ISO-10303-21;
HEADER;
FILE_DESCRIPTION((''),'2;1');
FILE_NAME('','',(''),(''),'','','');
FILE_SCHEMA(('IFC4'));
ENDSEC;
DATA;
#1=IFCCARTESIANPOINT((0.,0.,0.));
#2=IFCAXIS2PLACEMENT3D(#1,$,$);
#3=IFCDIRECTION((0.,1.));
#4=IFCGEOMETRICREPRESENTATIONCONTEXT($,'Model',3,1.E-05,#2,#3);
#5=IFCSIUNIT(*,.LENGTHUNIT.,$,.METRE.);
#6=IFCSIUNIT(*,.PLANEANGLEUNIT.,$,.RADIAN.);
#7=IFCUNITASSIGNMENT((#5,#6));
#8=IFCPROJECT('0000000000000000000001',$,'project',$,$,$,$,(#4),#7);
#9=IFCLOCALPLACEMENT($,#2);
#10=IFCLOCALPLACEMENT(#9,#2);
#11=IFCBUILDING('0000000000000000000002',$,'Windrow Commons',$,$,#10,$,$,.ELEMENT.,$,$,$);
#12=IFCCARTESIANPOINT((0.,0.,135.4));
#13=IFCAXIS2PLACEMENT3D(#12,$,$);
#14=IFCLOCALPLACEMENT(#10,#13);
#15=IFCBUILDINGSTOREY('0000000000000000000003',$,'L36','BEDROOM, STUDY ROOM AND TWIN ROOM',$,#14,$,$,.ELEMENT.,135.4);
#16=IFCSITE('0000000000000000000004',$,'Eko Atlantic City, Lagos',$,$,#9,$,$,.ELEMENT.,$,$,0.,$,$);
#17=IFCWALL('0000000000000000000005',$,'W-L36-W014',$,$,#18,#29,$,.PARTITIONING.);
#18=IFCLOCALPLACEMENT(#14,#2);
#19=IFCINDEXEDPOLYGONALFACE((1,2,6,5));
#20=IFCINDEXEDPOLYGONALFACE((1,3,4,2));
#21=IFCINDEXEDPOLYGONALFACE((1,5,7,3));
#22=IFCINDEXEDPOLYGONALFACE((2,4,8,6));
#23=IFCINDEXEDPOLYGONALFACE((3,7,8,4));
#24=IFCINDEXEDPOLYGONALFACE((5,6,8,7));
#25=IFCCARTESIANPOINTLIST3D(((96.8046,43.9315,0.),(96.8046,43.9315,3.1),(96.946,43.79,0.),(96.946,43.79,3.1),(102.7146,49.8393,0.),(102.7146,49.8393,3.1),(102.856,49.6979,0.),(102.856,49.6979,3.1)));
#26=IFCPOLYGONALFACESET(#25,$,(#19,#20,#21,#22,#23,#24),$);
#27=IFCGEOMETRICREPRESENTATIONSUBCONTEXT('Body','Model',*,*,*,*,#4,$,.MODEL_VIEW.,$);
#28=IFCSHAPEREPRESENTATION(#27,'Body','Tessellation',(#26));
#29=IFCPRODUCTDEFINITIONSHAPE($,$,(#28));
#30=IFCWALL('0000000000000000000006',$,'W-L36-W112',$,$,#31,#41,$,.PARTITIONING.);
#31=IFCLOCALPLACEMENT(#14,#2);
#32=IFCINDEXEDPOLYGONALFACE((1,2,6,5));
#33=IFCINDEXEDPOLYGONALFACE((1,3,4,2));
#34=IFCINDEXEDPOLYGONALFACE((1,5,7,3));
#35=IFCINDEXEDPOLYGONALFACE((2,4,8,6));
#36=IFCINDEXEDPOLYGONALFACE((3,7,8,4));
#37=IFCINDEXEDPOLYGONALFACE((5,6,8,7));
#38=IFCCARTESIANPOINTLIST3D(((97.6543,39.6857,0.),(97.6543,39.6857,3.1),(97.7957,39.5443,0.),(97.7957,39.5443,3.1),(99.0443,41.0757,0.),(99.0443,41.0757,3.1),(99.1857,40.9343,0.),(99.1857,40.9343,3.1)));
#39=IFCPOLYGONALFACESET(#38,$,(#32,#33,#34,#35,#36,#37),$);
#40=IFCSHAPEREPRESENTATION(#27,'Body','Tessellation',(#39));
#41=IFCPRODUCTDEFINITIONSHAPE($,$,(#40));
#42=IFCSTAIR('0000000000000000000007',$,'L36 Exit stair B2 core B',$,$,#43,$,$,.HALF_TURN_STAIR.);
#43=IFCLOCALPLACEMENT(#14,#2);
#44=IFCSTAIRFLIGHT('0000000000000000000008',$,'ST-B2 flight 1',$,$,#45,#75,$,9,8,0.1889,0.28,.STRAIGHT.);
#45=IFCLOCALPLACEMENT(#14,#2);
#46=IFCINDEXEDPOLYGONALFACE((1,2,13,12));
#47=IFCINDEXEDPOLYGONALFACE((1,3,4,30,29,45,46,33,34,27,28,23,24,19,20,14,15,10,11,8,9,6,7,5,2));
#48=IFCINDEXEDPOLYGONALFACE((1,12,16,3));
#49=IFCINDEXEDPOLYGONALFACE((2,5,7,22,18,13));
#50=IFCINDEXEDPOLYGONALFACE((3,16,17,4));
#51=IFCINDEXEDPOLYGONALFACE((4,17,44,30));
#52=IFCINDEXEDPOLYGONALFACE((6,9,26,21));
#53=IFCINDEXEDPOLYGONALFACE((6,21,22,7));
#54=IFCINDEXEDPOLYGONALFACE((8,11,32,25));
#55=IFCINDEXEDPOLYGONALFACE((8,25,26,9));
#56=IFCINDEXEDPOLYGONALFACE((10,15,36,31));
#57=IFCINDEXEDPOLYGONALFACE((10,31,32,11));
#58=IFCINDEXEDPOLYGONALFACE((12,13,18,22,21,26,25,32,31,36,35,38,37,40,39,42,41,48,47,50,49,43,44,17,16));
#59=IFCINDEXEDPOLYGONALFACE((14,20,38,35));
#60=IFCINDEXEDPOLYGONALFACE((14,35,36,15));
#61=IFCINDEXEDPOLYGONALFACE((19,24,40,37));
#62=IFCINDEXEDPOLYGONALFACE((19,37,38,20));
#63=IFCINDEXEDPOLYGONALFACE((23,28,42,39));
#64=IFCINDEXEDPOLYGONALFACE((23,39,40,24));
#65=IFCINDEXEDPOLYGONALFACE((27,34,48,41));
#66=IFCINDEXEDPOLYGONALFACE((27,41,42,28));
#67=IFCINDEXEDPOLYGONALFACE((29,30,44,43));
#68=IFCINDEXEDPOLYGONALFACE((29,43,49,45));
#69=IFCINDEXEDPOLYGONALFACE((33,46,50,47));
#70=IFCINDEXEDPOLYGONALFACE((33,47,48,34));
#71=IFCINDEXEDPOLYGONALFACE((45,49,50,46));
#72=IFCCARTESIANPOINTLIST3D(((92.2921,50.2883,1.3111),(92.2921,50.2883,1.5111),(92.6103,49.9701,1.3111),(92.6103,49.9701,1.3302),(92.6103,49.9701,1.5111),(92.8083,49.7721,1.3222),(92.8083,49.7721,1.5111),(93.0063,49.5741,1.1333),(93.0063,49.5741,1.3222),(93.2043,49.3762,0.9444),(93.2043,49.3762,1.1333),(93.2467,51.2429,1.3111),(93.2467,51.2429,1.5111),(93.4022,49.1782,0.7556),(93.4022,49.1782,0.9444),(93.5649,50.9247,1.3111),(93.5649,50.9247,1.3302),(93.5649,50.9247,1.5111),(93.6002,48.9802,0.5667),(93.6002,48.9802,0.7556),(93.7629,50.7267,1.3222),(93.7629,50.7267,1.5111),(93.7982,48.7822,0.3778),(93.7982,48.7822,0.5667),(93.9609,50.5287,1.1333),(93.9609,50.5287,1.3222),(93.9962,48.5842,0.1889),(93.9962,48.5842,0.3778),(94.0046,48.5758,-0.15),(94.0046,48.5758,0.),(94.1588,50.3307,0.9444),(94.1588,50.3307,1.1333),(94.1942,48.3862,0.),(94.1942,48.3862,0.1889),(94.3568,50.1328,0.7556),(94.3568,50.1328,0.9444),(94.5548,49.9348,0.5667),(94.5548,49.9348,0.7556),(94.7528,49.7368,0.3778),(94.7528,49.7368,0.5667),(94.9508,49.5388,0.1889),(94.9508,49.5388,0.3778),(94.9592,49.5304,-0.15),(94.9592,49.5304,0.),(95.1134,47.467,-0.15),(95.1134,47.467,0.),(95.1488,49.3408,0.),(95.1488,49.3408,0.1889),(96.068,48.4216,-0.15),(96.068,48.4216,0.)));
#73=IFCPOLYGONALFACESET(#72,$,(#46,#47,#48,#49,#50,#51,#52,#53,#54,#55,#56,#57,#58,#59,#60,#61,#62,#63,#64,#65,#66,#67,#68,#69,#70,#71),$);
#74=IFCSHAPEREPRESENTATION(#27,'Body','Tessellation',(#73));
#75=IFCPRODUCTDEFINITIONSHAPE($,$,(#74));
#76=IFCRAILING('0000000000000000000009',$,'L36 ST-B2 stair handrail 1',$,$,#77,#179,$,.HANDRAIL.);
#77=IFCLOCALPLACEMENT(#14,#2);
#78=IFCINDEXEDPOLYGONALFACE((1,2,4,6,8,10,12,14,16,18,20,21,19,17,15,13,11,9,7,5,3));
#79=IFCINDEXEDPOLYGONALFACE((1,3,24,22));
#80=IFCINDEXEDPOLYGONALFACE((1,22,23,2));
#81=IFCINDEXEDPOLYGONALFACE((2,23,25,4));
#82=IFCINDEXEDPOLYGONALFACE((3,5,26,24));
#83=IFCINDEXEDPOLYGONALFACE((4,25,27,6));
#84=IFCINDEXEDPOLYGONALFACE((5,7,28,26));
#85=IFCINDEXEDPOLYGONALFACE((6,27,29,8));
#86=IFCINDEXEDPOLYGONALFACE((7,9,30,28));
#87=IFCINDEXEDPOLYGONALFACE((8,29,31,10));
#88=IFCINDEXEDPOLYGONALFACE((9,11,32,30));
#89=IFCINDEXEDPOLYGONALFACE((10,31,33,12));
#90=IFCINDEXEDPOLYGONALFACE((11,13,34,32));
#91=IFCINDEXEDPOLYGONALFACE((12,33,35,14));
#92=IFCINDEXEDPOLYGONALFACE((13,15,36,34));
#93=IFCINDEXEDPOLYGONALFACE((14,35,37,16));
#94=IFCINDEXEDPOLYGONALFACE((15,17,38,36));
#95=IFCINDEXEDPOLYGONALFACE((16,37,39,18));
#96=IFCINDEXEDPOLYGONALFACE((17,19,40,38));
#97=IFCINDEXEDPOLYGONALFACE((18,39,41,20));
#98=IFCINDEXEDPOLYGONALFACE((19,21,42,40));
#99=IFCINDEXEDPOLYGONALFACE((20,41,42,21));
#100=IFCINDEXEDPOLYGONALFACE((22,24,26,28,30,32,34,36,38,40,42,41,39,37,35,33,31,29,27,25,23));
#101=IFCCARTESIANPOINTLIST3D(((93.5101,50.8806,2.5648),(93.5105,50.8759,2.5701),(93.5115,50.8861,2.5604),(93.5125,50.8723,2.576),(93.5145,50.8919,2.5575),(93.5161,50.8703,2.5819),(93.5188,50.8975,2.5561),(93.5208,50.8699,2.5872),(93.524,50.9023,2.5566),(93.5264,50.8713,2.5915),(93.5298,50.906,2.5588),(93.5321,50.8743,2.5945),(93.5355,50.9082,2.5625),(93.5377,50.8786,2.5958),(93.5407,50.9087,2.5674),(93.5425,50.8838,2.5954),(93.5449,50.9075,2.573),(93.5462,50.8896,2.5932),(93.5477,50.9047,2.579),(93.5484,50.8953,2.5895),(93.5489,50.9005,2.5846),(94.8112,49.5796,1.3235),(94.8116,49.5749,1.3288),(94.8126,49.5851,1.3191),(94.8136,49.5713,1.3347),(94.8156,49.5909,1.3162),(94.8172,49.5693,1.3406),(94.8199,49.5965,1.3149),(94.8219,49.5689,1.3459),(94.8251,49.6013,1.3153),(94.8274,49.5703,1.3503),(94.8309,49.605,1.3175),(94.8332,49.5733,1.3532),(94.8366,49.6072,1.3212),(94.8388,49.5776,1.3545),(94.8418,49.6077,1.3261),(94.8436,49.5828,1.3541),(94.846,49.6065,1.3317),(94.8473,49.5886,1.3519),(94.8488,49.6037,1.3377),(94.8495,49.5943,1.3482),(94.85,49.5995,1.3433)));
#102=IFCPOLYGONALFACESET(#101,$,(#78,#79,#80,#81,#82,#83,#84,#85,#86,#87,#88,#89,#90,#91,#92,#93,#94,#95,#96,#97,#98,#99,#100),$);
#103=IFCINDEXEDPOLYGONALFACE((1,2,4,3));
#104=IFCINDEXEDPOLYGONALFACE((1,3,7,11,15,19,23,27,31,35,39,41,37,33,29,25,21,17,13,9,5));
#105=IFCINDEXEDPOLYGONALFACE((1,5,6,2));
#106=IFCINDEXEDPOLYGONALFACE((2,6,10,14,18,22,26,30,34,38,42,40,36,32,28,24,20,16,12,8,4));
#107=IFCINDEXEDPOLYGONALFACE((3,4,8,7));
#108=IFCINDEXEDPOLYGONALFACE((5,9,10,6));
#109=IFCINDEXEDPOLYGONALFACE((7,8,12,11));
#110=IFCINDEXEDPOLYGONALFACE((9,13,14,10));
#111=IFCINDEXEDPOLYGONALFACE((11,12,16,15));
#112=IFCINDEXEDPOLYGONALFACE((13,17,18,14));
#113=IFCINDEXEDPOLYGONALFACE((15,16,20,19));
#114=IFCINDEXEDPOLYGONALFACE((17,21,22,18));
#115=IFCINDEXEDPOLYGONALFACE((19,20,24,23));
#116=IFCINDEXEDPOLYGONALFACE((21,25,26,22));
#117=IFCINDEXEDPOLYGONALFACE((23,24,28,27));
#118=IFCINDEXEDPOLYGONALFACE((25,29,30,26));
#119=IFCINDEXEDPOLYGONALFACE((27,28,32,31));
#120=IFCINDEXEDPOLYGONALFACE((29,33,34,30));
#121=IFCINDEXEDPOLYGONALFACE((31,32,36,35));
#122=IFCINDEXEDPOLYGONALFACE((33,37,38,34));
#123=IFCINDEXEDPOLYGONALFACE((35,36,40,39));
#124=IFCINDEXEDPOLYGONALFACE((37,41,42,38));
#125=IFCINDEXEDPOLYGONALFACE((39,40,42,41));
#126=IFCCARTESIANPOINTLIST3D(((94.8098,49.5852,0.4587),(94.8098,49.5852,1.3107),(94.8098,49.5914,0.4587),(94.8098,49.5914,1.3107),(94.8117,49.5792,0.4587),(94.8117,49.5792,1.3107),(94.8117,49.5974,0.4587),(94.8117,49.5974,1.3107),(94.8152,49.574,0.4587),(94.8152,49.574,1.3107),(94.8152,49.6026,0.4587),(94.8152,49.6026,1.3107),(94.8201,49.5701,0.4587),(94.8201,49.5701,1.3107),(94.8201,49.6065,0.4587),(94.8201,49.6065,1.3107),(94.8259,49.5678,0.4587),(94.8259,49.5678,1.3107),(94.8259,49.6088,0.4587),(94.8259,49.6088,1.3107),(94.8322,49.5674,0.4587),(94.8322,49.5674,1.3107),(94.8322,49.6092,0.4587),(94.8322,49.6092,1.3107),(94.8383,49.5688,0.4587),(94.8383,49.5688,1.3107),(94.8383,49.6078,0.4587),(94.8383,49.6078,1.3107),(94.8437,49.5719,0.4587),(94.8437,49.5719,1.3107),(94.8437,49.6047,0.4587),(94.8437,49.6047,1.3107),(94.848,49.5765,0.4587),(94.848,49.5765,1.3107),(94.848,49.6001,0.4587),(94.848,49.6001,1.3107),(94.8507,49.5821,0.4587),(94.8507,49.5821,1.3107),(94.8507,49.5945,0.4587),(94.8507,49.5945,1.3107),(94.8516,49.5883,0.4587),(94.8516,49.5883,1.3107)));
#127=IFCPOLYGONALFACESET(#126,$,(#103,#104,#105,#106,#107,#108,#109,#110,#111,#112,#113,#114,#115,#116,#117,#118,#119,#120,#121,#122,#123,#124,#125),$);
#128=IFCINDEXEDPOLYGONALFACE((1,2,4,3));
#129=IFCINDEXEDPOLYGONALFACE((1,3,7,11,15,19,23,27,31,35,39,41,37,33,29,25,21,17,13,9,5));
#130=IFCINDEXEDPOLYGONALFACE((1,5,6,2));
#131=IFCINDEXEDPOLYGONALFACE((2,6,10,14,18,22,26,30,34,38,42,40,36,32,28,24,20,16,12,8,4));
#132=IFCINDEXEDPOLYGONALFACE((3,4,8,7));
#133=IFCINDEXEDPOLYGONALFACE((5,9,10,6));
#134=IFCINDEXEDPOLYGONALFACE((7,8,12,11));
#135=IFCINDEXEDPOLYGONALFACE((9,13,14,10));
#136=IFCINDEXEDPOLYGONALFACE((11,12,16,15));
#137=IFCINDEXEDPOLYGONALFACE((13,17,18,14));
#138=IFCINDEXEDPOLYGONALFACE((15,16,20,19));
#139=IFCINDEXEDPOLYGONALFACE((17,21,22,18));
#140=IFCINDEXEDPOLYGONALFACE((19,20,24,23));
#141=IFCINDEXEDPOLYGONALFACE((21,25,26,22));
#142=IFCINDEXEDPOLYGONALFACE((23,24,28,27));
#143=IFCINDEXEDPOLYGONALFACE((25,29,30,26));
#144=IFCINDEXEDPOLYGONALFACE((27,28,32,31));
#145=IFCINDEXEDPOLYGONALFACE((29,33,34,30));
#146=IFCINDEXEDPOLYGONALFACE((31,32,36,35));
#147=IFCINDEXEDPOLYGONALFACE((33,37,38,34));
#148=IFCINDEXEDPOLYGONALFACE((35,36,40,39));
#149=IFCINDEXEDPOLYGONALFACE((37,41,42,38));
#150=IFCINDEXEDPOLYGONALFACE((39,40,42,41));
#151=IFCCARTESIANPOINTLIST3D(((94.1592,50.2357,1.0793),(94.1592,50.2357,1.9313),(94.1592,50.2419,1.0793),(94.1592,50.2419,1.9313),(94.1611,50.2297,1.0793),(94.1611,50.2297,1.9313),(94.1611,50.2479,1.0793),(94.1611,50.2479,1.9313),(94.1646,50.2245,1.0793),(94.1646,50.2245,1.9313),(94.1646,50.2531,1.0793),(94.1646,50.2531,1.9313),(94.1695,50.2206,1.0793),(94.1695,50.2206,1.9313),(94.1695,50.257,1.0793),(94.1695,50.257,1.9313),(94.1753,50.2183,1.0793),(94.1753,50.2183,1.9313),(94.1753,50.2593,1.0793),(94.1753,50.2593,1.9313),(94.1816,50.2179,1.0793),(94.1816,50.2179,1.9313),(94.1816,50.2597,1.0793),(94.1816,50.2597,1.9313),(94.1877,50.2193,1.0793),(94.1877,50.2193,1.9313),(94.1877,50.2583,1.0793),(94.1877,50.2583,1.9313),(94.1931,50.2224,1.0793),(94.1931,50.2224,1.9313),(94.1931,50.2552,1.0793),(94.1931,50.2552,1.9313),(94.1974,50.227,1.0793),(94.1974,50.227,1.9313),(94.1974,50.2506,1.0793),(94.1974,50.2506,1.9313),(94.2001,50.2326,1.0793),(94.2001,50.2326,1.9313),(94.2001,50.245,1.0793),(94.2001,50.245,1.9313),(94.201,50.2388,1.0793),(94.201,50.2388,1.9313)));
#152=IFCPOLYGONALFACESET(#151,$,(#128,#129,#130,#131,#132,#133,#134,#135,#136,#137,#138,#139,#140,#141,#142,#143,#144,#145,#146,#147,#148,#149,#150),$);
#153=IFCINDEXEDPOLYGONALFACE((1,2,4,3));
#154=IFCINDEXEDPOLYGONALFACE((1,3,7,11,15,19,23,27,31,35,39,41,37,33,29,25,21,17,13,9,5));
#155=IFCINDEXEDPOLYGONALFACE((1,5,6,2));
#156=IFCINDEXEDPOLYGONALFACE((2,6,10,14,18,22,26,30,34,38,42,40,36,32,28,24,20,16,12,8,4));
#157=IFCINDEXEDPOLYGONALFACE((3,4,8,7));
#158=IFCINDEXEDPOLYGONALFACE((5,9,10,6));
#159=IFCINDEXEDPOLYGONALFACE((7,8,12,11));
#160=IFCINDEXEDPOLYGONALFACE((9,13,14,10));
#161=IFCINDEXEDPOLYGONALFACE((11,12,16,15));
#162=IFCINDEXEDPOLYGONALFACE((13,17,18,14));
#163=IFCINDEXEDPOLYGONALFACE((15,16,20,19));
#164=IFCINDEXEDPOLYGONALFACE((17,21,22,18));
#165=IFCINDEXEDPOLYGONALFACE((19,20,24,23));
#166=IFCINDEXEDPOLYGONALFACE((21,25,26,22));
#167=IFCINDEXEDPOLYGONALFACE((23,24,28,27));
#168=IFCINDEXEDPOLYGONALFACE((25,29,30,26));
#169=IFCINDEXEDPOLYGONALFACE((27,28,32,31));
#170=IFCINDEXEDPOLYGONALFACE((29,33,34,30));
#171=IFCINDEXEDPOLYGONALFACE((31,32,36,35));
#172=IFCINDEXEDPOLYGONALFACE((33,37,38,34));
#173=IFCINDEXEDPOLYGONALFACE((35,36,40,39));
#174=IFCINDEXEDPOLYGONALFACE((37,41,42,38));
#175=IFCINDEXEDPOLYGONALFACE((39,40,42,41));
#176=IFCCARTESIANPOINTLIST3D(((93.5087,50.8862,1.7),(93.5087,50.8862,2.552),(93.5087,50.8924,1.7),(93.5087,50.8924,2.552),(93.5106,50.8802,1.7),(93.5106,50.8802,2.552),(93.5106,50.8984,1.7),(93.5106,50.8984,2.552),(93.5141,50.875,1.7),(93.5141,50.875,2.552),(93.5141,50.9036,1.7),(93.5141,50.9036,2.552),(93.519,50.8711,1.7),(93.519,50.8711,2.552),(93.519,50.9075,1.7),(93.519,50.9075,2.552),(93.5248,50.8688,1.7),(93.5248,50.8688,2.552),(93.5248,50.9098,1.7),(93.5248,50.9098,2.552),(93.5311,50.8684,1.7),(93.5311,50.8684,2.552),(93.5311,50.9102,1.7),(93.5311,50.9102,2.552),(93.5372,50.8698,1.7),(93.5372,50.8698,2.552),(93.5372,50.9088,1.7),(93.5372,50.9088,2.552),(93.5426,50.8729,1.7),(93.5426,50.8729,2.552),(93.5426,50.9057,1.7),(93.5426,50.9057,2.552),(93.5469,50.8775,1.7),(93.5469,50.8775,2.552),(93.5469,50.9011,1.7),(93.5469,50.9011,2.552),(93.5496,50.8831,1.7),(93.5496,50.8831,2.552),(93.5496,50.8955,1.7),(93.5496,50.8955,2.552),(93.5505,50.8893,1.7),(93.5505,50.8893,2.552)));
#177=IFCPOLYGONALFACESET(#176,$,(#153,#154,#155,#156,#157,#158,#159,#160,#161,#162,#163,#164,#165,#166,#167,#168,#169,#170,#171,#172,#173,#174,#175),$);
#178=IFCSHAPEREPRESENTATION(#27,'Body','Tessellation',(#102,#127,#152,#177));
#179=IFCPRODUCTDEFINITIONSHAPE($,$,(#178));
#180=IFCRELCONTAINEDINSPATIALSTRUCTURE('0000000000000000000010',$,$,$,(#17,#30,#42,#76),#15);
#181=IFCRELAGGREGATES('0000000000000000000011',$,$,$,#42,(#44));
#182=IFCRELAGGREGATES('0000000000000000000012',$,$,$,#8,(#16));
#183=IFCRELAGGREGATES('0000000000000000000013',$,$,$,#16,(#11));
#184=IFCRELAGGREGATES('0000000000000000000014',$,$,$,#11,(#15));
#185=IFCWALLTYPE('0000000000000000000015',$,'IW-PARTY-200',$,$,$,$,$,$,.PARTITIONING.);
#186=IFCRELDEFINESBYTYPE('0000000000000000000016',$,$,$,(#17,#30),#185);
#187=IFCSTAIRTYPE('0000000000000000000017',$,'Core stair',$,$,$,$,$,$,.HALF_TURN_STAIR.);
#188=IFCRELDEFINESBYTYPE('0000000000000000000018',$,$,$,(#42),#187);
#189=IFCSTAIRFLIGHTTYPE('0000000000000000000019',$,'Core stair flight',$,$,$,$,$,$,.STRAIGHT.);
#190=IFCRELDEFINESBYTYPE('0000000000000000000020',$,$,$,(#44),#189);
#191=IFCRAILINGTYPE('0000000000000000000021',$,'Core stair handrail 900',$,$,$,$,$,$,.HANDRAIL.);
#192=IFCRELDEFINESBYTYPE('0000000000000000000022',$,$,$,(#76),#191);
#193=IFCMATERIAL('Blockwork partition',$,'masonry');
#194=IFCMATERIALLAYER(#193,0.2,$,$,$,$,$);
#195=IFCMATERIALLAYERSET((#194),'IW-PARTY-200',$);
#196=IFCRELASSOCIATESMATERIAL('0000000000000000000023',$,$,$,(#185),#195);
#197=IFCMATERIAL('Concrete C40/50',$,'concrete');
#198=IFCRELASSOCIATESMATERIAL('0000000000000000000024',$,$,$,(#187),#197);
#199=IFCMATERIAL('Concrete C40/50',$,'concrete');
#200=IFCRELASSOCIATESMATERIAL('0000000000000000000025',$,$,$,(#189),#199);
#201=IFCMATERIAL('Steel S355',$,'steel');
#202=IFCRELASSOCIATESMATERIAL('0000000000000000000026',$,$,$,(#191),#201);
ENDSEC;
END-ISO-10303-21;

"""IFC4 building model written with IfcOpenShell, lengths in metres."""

from ifc_helpers import new_model, si_unit, direction, frame, frame_2d, origin, origin_2d, place, context, subcontext, project, spatial, polyline, rectangle, circle, outline, extrude, material, layer, layer_set, type_object, element, aggregate, save


model = new_model("IFC4")

# Units and contexts
model_context = context("Model", 3, precision=1e-05, world=origin(), true_north=direction((0.0, 1.0)))
body_context = subcontext(model_context, "Body", "Model", "MODEL_VIEW")
ifc_project = project(units=[si_unit("LENGTHUNIT", "METRE"), si_unit("PLANEANGLEUNIT", "RADIAN")], contexts=[model_context])

# Site, building, storey
site_placement = place(None, origin())
site = spatial("IfcSite", under=ifc_project, at=site_placement, Name="Eko Atlantic City, Lagos", CompositionType="ELEMENT", RefElevation=0.0)
building_placement = place(site_placement, origin())
building = spatial("IfcBuilding", under=site, at=building_placement, Name="Windrow Commons", CompositionType="ELEMENT")
storey_placement = place(building_placement, frame((0.0, 0.0, 135.4)))
storey = spatial("IfcBuildingStorey", under=building, at=storey_placement, Name="L36", Description="BEDROOM, STUDY ROOM AND TWIN ROOM", CompositionType="ELEMENT", Elevation=135.4)

# Walls
ifc_material_1 = material(Name="Blockwork partition", Category="masonry")
ifc_layer_1 = layer(ifc_material_1, 0.2)
ifc_layer_set_1 = layer_set([ifc_layer_1], Name="IW-PARTY-200")
wall_type_1 = type_object("IfcWallType", Name="IW-PARTY-200", PredefinedType="PARTITIONING", material=ifc_layer_set_1)
wall_1_placement = place(storey_placement, frame((96.8753, 43.8607, 0.0), z_axis=(0.0, 0.0, 1.0), x_axis=(0.707232, 0.706981, 0.0)))
element("IfcWall", 1, at=wall_1_placement, inside=storey, type_object=wall_type_1, Name="W-L36-W014", PredefinedType="PARTITIONING", context=body_context, shape_type="SweptSolid", body=[
    extrude(rectangle(XDim=8.3565, YDim=0.2, at=frame_2d((4.1783, 0.0))), origin(), (0.0, 0.0, 1.0), 3.1),
])
wall_2_placement = place(storey_placement, frame((97.725, 39.615, 0.0), z_axis=(0.0, 0.0, 1.0), x_axis=(0.707107, 0.707107, 0.0)))
element("IfcWall", 2, at=wall_2_placement, inside=storey, type_object=wall_type_1, Name="W-L36-W112", PredefinedType="PARTITIONING", context=body_context, shape_type="SweptSolid", body=[
    extrude(rectangle(XDim=1.9658, YDim=0.2, at=frame_2d((0.9829, 0.0))), origin(), (0.0, 0.0, 1.0), 3.1),
])

# Stair, stair flight
ifc_material_2 = material(Name="Concrete C40/50", Category="concrete")
stair_type = type_object("IfcStairType", Name="Core stair", PredefinedType="HALF_TURN_STAIR", material=ifc_material_2)
stair_placement = place(storey_placement, origin())
stair = element("IfcStair", 3, at=stair_placement, inside=storey, type_object=stair_type, Name="L36 Exit stair B2 core B", PredefinedType="HALF_TURN_STAIR")
ifc_material_3 = material(Name="Concrete C40/50", Category="concrete")
stair_flight_type = type_object("IfcStairFlightType", Name="Core stair flight", PredefinedType="STRAIGHT", material=ifc_material_3)
stair_flight_placement = place(storey_placement, frame((94.6715, 48.8635, 0.0), z_axis=(0.0, 0.0, 1.0), x_axis=(-0.707107, 0.707107, 0.0)))
stair_flight = element("IfcStairFlight", 4, at=stair_flight_placement, type_object=stair_flight_type, Name="ST-B2 flight 1", NumberOfRisers=9, NumberOfTreads=8, PredefinedType="STRAIGHT", RiserHeight=0.1889, TreadLength=0.28, context=body_context, shape_type="SweptSolid", body=[
    extrude(outline(polyline([(-1.3, -0.15), (-1.3, 0.0), (0.0, 0.0), (0.0, 0.1889), (0.28, 0.1889), (0.28, 0.3778), (0.56, 0.3778), (0.56, 0.5667), (0.84, 0.5667), (0.84, 0.7556), (1.12, 0.7556), (1.12, 0.9444), (1.4, 0.9444), (1.4, 1.1333), (1.68, 1.1333), (1.68, 1.3222), (1.96, 1.3222), (1.96, 1.5111), (2.24, 1.5111), (2.69, 1.5111), (2.69, 1.3111), (2.24, 1.3111), (2.24, 1.3302), (0.2682, 0.0), (0.2682, -0.15), (-1.3, -0.15)])), frame((0.0, 0.675, 0.0), z_axis=(0.0, -1.0, 0.0), x_axis=(1.0, 0.0, 0.0)), (0.0, 0.0, 1.0), 1.35),
])
aggregate(stair, [stair_flight])

# Railing
ifc_material_4 = material(Name="Steel S355", Category="steel")
railing_type = type_object("IfcRailingType", Name="Core stair handrail 900", PredefinedType="HANDRAIL", material=ifc_material_4)
railing_placement = place(storey_placement, frame((94.8306, 49.5883, 0.4587)))
element("IfcRailing", 5, at=railing_placement, inside=storey, type_object=railing_type, Name="L36 ST-B2 stair handrail 1", PredefinedType="HANDRAIL", context=body_context, shape_type="SweptSolid", body=[
    extrude(circle(Radius=0.024, at=origin_2d()), frame((0.0, 0.0, 0.876), z_axis=(-0.586207, 0.586162, 0.559264), x_axis=(-0.70708, -0.707134, 0.0)), (0.0, 0.0, 1.0), 2.2195),
    extrude(circle(Radius=0.021, at=origin_2d()), origin(), (0.0, 0.0, 1.0), 0.852),
    extrude(circle(Radius=0.021, at=origin_2d()), frame((-0.6506, 0.6505, 0.6206)), (0.0, 0.0, 1.0), 0.852),
    extrude(circle(Radius=0.021, at=origin_2d()), frame((-1.3011, 1.301, 1.2413)), (0.0, 0.0, 1.0), 0.852),
])

save(model, "model.ifc")
